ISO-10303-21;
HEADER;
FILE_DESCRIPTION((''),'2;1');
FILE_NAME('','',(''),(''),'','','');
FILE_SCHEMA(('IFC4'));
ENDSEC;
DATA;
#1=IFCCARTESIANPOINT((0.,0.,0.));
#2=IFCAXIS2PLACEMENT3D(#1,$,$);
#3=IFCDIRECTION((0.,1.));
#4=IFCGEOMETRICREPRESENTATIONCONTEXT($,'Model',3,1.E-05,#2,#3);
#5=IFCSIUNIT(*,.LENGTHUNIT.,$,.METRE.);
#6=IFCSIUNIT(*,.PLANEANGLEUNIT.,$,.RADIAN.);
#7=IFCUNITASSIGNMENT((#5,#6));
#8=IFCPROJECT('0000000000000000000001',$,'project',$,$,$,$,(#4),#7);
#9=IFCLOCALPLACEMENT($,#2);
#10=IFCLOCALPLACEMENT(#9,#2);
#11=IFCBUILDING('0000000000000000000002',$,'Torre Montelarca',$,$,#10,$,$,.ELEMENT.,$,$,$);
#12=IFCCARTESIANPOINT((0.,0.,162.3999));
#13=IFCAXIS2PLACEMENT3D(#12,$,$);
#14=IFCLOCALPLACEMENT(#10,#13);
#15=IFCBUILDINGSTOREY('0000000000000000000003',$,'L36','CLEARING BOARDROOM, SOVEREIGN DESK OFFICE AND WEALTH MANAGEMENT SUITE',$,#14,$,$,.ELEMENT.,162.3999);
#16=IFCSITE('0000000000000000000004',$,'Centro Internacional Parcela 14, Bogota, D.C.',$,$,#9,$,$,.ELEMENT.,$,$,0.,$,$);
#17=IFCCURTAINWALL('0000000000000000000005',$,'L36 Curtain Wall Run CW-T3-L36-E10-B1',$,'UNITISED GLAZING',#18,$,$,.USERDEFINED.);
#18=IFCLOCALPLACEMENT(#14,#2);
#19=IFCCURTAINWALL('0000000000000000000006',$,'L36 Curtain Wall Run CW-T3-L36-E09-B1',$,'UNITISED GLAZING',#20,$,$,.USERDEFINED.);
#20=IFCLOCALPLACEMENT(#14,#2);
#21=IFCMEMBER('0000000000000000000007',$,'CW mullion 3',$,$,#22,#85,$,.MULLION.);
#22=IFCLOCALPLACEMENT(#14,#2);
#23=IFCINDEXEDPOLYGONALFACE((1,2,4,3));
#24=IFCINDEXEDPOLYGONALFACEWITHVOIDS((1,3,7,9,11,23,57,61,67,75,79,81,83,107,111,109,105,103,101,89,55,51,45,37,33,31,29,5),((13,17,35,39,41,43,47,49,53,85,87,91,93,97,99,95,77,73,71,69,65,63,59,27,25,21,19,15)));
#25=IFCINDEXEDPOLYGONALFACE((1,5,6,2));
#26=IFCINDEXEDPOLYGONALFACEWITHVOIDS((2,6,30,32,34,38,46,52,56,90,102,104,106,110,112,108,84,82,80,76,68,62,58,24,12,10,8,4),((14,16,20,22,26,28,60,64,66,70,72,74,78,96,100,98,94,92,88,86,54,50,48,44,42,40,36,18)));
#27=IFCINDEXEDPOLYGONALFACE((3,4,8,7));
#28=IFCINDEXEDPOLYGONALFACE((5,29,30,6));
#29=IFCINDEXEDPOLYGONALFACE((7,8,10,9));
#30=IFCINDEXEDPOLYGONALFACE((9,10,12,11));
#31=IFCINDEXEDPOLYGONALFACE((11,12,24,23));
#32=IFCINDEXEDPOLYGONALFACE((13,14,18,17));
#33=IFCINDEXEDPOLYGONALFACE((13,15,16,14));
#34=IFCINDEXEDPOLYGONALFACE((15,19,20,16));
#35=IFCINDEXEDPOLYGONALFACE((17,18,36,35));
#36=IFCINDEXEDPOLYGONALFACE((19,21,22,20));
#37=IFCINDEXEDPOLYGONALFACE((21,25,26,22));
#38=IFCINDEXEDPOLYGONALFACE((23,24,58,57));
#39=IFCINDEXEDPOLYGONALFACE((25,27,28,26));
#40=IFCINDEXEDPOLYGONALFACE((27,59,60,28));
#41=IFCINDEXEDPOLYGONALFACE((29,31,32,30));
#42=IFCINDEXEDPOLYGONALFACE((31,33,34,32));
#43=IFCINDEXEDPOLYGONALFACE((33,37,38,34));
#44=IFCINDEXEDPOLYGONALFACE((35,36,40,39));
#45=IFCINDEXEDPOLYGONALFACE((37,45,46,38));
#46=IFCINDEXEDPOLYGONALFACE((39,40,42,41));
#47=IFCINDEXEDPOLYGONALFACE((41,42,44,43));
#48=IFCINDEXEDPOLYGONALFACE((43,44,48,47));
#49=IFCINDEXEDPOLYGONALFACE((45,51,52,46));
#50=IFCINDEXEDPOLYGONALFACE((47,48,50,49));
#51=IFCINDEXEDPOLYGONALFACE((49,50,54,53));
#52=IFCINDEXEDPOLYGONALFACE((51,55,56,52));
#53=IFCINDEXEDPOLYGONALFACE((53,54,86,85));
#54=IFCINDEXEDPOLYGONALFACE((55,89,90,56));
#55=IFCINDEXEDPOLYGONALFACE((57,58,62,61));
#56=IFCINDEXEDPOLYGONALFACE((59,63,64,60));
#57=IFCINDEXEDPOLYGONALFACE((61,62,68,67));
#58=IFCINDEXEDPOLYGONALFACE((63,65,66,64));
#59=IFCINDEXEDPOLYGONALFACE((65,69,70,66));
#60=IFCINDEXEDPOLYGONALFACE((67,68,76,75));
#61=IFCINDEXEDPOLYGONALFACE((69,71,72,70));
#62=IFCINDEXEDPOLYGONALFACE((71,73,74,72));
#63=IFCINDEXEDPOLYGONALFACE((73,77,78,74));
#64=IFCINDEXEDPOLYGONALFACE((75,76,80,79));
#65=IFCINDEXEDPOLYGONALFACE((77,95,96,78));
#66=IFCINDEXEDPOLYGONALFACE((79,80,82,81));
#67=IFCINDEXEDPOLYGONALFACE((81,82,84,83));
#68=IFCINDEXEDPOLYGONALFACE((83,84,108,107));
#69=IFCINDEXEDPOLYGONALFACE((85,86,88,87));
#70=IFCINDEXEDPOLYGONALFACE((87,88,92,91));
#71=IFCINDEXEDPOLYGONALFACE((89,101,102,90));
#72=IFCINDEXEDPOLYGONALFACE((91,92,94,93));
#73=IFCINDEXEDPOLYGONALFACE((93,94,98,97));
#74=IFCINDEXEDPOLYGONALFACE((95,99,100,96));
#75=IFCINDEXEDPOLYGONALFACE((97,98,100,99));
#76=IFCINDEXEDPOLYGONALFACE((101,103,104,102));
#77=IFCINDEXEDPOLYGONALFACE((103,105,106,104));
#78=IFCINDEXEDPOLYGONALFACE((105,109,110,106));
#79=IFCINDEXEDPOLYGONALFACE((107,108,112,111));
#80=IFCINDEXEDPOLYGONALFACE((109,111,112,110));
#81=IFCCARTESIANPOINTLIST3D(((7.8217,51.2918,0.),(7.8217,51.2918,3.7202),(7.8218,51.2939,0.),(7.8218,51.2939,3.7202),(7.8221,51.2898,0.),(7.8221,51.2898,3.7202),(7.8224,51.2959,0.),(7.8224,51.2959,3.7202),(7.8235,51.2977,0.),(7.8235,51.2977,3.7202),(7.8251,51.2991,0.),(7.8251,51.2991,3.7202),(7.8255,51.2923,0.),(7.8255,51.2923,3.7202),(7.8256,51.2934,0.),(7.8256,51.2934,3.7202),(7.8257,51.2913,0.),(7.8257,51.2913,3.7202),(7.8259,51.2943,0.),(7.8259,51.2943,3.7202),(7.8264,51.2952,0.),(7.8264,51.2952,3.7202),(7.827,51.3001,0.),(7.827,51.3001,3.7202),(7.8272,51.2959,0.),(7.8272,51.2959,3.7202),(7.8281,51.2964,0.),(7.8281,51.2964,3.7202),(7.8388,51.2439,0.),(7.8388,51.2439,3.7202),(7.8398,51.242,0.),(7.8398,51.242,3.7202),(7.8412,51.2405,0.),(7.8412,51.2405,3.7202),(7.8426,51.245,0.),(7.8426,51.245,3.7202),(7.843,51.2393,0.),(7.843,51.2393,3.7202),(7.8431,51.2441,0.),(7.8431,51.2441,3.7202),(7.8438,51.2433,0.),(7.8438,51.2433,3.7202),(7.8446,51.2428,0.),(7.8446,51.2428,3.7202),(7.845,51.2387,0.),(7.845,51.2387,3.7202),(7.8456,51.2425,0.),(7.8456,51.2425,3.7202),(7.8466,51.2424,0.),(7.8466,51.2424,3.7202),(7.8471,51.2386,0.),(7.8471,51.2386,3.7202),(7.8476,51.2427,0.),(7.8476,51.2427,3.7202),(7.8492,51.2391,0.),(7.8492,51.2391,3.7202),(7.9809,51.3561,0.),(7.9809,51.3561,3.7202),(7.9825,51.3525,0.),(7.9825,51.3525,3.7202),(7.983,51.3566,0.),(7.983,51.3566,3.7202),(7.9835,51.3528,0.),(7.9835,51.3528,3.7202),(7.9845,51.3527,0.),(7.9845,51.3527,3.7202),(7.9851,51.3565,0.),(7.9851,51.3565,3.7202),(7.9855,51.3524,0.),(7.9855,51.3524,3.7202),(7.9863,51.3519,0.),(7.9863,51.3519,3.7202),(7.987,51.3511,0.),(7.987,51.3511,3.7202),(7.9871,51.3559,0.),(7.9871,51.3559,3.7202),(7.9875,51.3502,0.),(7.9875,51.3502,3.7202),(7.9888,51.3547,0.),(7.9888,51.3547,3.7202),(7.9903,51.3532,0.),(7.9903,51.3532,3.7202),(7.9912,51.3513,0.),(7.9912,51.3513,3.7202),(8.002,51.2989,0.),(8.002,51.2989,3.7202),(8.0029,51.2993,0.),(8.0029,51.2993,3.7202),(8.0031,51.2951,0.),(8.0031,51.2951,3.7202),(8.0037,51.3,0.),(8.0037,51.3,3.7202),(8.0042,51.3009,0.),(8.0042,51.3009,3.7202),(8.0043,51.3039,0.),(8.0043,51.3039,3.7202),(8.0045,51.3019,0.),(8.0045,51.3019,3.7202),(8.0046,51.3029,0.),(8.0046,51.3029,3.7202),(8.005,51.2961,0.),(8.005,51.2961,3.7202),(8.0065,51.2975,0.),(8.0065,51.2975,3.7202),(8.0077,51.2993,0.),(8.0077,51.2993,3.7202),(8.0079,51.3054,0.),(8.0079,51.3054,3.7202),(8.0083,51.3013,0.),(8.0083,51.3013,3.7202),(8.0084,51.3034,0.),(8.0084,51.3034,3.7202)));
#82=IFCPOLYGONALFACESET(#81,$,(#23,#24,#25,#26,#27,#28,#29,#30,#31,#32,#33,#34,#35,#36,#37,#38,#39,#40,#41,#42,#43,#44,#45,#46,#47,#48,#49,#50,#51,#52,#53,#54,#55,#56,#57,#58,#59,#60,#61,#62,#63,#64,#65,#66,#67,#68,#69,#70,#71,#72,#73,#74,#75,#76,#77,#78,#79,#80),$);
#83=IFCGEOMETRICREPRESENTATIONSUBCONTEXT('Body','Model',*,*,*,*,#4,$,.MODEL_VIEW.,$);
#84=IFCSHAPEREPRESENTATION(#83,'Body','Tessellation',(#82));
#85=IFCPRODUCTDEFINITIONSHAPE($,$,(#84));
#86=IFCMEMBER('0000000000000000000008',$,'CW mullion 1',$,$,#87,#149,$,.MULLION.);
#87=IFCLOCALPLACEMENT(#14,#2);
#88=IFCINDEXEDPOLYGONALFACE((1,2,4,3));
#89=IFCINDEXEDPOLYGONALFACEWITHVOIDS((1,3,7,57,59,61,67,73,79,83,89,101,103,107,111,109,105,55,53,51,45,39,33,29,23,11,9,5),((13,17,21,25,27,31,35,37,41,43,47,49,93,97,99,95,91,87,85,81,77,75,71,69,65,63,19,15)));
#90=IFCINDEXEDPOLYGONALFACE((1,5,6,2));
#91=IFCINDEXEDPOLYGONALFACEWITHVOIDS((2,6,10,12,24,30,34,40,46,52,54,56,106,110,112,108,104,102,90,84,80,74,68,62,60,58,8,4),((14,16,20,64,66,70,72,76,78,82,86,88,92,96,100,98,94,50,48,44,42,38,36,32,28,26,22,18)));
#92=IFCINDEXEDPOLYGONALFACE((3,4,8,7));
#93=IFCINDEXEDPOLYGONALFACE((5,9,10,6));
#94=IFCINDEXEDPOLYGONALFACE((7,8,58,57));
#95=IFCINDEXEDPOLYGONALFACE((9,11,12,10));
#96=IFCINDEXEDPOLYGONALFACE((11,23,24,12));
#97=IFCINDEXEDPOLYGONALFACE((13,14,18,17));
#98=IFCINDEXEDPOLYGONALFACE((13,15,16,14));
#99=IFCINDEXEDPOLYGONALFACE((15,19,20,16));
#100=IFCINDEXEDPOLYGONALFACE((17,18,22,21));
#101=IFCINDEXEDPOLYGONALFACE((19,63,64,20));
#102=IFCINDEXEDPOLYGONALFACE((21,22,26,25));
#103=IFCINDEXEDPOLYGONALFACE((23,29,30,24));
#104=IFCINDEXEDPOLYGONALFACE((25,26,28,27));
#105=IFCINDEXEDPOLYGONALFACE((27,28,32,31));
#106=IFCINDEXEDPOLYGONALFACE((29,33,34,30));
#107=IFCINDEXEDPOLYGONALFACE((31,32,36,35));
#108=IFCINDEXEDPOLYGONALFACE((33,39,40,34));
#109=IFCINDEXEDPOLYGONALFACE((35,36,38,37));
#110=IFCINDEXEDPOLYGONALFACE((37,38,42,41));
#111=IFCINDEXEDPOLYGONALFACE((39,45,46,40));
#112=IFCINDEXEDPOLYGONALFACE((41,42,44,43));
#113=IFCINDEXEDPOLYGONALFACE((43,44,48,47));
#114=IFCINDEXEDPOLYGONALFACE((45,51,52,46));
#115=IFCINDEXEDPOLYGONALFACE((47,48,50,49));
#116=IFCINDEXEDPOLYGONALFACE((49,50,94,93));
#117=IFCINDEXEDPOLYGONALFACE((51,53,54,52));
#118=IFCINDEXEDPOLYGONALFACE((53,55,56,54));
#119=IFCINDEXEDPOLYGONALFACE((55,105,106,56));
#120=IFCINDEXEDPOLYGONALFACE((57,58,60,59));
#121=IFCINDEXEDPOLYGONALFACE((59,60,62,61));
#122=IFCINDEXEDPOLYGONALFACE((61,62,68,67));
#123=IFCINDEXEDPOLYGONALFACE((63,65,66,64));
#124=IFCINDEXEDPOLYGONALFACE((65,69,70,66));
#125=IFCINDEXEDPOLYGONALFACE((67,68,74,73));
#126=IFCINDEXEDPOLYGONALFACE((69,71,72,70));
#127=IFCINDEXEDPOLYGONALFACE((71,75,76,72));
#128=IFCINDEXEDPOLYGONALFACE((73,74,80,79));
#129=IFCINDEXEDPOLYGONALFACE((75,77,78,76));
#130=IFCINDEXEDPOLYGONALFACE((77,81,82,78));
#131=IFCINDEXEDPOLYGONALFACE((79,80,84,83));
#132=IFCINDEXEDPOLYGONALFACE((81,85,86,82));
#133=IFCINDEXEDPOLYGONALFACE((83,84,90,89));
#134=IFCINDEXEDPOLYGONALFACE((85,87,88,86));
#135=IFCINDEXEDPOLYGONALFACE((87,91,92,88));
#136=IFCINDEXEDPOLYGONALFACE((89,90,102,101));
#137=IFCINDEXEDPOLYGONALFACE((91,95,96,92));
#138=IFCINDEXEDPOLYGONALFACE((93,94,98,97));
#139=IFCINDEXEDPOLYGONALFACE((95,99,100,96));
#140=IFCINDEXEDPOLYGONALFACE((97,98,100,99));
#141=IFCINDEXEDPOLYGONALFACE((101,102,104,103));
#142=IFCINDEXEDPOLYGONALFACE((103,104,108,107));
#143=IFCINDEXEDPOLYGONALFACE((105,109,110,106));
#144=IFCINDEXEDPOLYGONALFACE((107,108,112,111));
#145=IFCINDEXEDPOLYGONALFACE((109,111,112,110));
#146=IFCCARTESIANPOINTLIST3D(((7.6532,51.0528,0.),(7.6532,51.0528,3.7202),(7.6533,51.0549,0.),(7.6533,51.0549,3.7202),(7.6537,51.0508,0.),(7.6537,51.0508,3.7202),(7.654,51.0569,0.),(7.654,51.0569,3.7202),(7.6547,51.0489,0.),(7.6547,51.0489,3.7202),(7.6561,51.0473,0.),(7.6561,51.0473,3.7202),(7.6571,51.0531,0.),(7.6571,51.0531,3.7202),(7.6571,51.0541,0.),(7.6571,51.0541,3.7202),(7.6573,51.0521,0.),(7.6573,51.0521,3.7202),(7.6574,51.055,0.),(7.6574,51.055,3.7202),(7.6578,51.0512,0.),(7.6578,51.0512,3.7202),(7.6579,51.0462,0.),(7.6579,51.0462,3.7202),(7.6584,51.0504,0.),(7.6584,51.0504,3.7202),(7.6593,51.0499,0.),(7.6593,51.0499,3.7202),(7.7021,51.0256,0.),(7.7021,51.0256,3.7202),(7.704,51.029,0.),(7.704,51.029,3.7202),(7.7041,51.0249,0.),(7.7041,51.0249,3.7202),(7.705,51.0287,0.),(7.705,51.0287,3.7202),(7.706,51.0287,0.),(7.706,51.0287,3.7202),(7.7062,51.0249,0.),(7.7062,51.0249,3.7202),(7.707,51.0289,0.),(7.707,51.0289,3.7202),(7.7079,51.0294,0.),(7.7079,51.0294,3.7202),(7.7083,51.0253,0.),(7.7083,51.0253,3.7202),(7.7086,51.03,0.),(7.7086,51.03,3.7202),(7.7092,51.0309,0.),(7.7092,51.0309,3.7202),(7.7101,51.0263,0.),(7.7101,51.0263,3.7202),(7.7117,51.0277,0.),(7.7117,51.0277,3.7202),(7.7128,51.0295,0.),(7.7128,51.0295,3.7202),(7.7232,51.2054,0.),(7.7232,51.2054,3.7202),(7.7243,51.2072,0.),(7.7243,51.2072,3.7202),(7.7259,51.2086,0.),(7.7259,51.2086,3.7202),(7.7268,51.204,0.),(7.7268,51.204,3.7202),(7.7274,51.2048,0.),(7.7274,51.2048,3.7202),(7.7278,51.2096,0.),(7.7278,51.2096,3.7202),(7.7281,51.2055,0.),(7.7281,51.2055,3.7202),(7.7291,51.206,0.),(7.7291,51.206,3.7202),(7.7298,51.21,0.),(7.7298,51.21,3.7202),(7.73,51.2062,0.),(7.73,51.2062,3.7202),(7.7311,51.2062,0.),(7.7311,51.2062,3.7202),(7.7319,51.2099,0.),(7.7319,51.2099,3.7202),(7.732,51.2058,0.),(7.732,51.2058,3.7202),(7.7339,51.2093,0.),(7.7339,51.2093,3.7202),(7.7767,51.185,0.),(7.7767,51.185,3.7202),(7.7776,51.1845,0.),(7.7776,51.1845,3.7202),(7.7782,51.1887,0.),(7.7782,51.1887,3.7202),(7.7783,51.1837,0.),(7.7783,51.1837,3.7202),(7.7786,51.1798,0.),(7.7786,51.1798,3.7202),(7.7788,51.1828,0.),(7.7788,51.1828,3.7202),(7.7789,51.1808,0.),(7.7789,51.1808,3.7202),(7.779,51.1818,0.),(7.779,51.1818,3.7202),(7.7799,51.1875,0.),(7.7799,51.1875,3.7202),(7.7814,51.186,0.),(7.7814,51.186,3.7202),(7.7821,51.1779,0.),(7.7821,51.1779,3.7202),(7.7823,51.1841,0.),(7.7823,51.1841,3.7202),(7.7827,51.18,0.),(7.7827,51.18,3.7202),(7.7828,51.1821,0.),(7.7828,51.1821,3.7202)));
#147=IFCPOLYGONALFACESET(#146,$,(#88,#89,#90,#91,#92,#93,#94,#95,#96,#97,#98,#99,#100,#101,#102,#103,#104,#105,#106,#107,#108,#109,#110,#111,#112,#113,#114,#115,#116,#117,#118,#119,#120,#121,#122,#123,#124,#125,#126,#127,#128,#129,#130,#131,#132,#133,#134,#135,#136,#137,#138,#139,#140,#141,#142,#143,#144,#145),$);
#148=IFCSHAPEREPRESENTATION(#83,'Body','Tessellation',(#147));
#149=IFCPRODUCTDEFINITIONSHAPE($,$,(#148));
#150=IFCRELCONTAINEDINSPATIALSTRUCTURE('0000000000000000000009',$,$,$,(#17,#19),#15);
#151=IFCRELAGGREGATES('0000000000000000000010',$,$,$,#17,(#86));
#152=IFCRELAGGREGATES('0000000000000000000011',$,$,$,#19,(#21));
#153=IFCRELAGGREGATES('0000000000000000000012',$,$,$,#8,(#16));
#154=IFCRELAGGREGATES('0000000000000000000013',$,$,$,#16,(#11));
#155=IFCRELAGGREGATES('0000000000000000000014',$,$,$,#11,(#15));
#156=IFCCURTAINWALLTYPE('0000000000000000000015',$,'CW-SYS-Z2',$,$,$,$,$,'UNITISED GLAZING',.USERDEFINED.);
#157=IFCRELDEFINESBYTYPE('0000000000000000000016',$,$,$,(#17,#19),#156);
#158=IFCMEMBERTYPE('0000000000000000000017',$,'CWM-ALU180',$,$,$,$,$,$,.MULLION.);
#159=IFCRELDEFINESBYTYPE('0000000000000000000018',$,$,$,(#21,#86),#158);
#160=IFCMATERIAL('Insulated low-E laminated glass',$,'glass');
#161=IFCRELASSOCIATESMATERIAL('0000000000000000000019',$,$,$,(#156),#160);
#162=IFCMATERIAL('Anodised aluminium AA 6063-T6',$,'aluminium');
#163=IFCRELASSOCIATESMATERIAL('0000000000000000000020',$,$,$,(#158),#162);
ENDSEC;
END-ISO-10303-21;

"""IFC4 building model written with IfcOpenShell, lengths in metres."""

from ifc_helpers import new_model, si_unit, direction, frame, origin, origin_2d, place, context, subcontext, project, spatial, hollow_rectangle, extrude, source, transform, mapped, material, material_profile, profile_set, type_object, element, aggregate, save


model = new_model("IFC4")

# Units and contexts
model_context = context("Model", 3, precision=1e-05, world=origin(), true_north=direction((0.0, 1.0)))
body_context = subcontext(model_context, "Body", "Model", "MODEL_VIEW")
ifc_project = project(units=[si_unit("LENGTHUNIT", "METRE"), si_unit("PLANEANGLEUNIT", "RADIAN")], contexts=[model_context])

# Site, building, storey
site_placement = place(None, origin())
site = spatial("IfcSite", under=ifc_project, at=site_placement, Name="Centro Internacional Parcela 14, Bogota, D.C.", CompositionType="ELEMENT", RefElevation=0.0)
building_placement = place(site_placement, origin())
building = spatial("IfcBuilding", under=site, at=building_placement, Name="Torre Montelarca", CompositionType="ELEMENT")
storey_placement = place(building_placement, frame((0.0, 0.0, 162.3999)))
storey = spatial("IfcBuildingStorey", under=building, at=storey_placement, Name="L36", Description="CLEARING BOARDROOM, SOVEREIGN DESK OFFICE AND WEALTH MANAGEMENT SUITE", CompositionType="ELEMENT", Elevation=162.3999)

# Curtain wall
ifc_material_1 = material(Name="Insulated low-E laminated glass", Category="glass")
curtain_wall_type = type_object("IfcCurtainWallType", Name="CW-SYS-Z2", ElementType="UNITISED GLAZING", PredefinedType="USERDEFINED", material=ifc_material_1)
curtain_wall_1_placement = place(storey_placement, origin())
curtain_wall_1 = element("IfcCurtainWall", 1, at=curtain_wall_1_placement, inside=storey, type_object=curtain_wall_type, Name="L36 Curtain Wall Run CW-T3-L36-E10-B1", ObjectType="UNITISED GLAZING", PredefinedType="USERDEFINED")
ifc_material_2 = material(Name="Anodised aluminium AA 6063-T6", Category="aluminium")

# Curtain wall, member
curtain_wall_2_placement = place(storey_placement, origin())
curtain_wall_2 = element("IfcCurtainWall", 2, at=curtain_wall_2_placement, inside=storey, type_object=curtain_wall_type, Name="L36 Curtain Wall Run CW-T3-L36-E09-B1", ObjectType="UNITISED GLAZING", PredefinedType="USERDEFINED")
ifc_material_profile_1 = material_profile(ifc_material_2, hollow_rectangle(XDim=0.0649, YDim=0.1799, WallThickness=0.0039, InnerFilletRadius=0.0039, OuterFilletRadius=0.0081, at=origin_2d()), Name="ALU65X180X4", Category="aluminium")
ifc_profile_set_1 = profile_set([ifc_material_profile_1], Name="Anodised aluminium AA 6063-T6")
member_type_1 = type_object("IfcMemberType", Name="CWM-ALU180", PredefinedType="MULLION", material=ifc_profile_set_1)
shared_shape_1 = source(origin(), body_context, "Body", "SweptSolid", [
    extrude(hollow_rectangle(XDim=0.0649, YDim=0.1799, WallThickness=0.0039, InnerFilletRadius=0.0039, OuterFilletRadius=0.0081, at=origin_2d()), origin(), (0.0, 0.0, 1.0), 3.7202),
])
member_1_placement = place(storey_placement, frame((7.915, 51.2976, 0.0), z_axis=(0.0, 0.0, 1.0), x_axis=(0.342021, -0.939692, 0.0)))
member_1 = element("IfcMember", 3, at=member_1_placement, type_object=member_type_1, Name="CW mullion 3", PredefinedType="MULLION", context=body_context, shape_type="MappedRepresentation", body=[
    mapped(shared_shape_1, transform((0.0, 0.0, 0.0), scale=1.0)),
])

# Member
member_2_placement = place(storey_placement, frame((7.718, 51.1174, 0.0), z_axis=(0.0, 0.0, 1.0), x_axis=(0.90631, -0.422614, 0.0)))
member_2 = element("IfcMember", 4, at=member_2_placement, type_object=member_type_1, Name="CW mullion 1", PredefinedType="MULLION", context=body_context, shape_type="MappedRepresentation", body=[
    mapped(shared_shape_1, transform((0.0, 0.0, 0.0), scale=1.0)),
])

aggregate(curtain_wall_1, [member_2])
aggregate(curtain_wall_2, [member_1])

save(model, "model.ifc")
